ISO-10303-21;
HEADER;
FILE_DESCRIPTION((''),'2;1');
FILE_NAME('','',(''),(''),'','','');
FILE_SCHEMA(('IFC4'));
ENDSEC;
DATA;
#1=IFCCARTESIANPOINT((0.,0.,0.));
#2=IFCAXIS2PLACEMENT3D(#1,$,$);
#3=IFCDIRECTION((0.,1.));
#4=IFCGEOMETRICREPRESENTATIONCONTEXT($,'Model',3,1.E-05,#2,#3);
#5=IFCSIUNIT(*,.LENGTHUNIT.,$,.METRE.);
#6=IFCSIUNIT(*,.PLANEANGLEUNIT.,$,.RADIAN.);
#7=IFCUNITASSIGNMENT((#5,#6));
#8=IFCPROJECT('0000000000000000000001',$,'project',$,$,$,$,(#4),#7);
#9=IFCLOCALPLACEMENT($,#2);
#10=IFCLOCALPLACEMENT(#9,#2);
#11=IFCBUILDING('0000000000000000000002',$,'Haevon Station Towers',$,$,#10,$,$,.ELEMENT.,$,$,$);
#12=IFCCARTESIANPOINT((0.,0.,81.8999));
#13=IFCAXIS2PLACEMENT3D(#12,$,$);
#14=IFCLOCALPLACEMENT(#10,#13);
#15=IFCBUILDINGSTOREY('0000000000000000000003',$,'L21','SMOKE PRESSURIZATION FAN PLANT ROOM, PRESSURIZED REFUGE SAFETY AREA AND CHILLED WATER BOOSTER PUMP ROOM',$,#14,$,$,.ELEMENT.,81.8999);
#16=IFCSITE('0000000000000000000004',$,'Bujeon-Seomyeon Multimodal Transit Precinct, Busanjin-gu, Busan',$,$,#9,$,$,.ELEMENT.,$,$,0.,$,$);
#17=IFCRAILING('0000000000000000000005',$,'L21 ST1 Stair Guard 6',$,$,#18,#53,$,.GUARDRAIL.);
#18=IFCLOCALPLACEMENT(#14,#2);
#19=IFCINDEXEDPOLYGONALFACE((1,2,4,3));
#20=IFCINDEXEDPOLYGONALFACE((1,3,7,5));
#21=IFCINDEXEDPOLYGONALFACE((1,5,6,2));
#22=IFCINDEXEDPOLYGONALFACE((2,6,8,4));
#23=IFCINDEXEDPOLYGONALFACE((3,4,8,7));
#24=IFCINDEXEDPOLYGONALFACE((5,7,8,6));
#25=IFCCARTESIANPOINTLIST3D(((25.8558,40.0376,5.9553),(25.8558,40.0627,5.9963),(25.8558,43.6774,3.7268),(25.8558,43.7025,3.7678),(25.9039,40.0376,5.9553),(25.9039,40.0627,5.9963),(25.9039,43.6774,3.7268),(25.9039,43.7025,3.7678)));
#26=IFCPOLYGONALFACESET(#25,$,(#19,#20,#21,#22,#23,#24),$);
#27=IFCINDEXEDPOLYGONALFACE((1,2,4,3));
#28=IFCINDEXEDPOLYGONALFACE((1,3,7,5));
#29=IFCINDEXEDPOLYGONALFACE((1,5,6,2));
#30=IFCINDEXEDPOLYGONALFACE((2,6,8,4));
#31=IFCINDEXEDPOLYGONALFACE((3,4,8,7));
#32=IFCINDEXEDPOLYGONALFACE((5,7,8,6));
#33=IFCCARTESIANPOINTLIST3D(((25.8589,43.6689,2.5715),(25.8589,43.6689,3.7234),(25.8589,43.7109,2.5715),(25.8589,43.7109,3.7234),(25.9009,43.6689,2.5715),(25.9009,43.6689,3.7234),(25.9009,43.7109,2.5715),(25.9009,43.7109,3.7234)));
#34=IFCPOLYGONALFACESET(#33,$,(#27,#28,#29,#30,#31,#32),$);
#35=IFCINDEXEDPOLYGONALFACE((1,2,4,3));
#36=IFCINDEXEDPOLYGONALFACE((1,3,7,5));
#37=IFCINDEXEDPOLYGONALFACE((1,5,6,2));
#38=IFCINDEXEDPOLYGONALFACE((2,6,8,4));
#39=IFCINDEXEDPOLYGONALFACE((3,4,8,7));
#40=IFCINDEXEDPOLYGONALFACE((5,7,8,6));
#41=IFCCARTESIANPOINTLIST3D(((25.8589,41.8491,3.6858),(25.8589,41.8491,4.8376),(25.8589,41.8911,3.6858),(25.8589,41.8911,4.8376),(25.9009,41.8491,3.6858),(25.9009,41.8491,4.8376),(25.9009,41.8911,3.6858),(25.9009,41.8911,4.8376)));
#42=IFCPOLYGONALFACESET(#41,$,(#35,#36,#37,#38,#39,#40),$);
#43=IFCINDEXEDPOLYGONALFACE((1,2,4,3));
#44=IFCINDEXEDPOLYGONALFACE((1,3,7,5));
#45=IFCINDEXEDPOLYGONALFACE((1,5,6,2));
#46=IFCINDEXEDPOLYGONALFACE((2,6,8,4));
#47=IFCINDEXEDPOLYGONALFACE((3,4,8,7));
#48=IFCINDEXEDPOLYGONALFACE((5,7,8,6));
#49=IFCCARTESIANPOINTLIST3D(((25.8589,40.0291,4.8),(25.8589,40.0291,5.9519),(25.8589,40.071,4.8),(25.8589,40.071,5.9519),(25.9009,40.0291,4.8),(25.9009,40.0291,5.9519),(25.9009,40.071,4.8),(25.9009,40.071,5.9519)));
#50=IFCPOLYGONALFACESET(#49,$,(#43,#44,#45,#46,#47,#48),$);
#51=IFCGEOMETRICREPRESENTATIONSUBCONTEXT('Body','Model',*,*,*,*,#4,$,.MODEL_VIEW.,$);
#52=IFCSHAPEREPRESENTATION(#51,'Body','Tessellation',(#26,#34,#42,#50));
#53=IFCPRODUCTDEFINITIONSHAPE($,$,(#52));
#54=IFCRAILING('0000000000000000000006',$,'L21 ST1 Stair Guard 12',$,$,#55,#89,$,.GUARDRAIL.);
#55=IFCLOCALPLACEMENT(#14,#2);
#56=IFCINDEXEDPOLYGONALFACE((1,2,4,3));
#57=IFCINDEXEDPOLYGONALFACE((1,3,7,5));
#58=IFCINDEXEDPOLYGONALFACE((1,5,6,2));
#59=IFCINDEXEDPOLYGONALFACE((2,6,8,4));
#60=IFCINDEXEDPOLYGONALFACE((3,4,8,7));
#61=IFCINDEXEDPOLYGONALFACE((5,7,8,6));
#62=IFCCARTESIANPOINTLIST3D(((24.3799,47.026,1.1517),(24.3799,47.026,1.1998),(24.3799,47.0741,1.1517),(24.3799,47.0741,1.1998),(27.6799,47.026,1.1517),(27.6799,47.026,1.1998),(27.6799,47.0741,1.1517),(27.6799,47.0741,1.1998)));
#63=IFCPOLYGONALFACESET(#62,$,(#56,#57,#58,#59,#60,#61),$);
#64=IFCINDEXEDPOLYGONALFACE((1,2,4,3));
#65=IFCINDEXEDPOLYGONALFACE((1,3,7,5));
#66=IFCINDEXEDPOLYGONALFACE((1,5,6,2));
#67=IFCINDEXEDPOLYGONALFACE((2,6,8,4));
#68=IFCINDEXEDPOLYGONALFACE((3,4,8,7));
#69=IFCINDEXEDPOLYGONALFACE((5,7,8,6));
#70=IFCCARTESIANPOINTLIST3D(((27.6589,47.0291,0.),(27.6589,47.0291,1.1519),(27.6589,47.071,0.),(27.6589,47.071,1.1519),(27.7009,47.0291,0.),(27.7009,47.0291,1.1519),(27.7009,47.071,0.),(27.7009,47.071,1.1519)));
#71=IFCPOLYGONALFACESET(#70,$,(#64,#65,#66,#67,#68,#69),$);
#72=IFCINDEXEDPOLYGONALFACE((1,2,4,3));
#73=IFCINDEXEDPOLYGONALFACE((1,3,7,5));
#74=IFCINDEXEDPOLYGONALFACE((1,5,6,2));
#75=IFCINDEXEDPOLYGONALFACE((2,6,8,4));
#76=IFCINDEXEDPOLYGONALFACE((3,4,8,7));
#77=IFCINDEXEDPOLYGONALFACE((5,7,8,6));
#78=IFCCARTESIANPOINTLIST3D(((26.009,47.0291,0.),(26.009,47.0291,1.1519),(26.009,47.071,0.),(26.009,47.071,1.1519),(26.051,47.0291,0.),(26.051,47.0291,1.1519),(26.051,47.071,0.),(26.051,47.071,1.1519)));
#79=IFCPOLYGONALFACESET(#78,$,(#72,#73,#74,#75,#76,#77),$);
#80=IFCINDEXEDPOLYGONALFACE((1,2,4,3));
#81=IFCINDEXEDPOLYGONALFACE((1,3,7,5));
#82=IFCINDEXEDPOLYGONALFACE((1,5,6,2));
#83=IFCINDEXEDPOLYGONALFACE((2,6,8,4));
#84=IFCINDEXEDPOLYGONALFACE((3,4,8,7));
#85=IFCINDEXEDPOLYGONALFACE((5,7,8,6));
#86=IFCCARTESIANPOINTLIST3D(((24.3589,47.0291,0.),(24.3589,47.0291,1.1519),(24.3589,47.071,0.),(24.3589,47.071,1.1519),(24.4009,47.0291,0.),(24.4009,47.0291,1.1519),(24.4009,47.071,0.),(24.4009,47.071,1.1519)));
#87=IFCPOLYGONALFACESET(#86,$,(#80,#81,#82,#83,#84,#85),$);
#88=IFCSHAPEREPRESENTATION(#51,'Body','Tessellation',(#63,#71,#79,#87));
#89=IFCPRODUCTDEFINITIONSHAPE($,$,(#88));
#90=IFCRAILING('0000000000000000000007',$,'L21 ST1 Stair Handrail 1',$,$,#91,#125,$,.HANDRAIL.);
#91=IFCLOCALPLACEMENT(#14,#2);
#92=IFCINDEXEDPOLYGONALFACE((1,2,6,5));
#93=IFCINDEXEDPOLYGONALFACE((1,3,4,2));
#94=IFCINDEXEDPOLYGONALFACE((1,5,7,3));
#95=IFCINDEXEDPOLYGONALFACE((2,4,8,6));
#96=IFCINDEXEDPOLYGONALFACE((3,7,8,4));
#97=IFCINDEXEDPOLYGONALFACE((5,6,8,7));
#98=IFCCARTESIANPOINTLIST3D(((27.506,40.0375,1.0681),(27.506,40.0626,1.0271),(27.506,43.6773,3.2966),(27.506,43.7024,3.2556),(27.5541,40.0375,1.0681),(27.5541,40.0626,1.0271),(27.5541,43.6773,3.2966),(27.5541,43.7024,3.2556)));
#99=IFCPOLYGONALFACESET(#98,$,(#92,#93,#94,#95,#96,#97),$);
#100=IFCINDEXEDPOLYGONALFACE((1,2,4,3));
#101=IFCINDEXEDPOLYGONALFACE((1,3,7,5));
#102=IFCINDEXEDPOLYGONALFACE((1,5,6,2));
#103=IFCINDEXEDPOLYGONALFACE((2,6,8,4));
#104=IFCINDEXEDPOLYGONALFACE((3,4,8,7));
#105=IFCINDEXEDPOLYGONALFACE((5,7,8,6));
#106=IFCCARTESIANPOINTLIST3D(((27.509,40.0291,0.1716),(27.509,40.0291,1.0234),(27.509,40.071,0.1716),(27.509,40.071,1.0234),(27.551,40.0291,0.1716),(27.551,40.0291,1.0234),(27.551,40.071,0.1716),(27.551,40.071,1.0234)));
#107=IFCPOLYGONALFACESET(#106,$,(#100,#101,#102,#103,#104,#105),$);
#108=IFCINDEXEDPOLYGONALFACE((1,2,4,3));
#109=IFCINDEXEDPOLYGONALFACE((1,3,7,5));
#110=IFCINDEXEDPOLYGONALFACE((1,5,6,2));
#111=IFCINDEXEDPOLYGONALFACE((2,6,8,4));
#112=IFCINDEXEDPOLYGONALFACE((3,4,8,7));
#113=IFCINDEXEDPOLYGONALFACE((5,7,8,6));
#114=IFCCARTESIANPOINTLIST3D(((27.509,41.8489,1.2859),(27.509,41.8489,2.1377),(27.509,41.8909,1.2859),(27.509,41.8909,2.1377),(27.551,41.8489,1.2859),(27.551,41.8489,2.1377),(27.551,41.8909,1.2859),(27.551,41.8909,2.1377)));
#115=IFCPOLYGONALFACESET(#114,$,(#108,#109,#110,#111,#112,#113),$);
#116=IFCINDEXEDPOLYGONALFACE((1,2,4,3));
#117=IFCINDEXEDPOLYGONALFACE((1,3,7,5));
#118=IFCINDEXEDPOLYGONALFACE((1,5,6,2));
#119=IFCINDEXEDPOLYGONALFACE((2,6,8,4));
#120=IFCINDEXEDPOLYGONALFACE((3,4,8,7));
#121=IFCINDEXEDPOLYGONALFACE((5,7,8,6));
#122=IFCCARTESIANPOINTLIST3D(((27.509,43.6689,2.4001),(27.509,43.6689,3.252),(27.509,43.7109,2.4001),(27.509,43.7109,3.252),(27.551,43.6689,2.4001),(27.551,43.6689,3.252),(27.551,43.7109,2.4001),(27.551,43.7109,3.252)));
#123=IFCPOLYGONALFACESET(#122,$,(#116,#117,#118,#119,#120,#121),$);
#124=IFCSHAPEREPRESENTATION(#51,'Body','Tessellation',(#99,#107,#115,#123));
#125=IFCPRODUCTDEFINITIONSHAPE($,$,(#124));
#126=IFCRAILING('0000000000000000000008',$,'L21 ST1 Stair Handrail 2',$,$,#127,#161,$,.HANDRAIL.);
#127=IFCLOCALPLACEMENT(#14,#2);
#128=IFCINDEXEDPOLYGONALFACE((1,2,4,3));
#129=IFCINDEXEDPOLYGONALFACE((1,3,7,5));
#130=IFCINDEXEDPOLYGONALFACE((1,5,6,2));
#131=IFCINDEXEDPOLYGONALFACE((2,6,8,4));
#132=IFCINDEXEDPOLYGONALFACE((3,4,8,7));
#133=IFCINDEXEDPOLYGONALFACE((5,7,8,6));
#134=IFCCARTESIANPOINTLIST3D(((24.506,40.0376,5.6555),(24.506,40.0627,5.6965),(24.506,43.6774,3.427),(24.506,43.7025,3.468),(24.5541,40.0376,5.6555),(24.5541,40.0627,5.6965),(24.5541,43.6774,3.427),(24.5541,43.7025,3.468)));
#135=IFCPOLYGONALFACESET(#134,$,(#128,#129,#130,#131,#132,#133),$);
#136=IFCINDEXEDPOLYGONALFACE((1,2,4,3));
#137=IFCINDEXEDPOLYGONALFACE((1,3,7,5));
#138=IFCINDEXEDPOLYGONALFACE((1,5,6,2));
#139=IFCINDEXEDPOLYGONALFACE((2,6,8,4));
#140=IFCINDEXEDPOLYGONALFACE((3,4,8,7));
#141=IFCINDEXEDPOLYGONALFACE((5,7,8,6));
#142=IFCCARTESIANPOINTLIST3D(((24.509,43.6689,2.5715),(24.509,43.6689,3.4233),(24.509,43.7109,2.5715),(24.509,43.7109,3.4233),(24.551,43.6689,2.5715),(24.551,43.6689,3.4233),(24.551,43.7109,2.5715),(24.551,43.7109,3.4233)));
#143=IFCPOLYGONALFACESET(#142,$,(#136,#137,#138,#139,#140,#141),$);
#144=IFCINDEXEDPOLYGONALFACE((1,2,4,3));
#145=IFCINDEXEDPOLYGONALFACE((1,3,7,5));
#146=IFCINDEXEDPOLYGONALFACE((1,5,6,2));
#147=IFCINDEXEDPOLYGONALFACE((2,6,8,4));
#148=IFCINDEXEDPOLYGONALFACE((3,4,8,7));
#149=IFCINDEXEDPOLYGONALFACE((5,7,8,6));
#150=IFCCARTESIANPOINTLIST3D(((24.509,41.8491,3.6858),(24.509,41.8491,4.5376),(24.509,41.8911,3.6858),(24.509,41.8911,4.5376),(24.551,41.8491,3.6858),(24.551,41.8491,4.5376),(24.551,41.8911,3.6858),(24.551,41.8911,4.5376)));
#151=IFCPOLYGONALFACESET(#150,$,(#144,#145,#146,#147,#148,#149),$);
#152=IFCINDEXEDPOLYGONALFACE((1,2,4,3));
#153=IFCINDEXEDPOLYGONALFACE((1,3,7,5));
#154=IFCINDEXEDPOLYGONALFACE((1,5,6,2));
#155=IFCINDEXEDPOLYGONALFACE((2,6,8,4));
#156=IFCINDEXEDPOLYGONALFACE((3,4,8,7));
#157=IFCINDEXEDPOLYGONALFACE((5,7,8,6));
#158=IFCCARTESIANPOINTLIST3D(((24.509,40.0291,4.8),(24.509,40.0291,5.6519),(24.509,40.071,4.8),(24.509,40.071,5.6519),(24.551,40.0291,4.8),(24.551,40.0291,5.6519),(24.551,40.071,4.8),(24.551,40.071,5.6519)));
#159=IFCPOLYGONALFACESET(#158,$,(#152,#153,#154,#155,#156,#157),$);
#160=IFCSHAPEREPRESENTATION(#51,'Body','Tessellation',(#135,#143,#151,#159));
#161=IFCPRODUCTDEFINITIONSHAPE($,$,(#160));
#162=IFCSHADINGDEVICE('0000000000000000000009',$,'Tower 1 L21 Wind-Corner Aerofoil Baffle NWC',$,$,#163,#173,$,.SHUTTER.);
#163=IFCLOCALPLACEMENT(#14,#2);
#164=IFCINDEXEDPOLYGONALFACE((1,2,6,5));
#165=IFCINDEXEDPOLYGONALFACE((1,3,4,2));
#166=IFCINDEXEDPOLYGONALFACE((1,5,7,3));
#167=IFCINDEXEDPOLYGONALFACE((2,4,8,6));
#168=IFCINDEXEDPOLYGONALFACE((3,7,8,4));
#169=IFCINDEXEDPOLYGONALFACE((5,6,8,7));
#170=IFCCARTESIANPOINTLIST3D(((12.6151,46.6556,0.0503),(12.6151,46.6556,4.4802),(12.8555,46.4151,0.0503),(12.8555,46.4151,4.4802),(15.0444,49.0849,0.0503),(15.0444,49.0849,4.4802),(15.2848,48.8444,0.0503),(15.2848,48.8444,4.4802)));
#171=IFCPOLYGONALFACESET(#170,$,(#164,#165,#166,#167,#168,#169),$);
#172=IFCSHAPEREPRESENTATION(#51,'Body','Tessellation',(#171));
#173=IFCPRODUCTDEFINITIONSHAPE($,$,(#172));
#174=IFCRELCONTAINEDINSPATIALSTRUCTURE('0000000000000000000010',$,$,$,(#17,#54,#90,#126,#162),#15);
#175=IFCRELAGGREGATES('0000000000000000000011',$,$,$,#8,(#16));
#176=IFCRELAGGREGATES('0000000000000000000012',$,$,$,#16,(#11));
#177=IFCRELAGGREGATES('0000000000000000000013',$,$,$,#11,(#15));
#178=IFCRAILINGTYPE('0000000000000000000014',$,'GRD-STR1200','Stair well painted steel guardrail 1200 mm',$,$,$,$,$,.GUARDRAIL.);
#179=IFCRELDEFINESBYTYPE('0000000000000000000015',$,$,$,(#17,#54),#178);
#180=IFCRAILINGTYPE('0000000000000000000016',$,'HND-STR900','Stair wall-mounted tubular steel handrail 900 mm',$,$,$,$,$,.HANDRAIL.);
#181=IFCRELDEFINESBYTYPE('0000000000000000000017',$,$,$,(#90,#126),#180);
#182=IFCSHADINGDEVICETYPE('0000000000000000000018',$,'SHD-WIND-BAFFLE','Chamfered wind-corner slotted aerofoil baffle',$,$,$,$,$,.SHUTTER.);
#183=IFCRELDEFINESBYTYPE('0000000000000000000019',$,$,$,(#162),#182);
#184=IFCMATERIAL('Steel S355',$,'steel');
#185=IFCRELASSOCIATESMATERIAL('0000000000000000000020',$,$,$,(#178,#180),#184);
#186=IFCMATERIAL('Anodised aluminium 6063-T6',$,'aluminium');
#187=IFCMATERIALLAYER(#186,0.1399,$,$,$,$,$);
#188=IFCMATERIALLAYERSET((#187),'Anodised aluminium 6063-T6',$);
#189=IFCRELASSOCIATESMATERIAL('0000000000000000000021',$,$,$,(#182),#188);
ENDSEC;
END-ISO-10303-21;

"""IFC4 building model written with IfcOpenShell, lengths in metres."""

from ifc_helpers import new_model, si_unit, direction, frame, origin, origin_2d, place, context, subcontext, project, spatial, rectangle, extrude, material, layer, layer_set, type_object, element, save


model = new_model("IFC4")

# Units and contexts
model_context = context("Model", 3, precision=1e-05, world=origin(), true_north=direction((0.0, 1.0)))
body_context = subcontext(model_context, "Body", "Model", "MODEL_VIEW")
ifc_project = project(units=[si_unit("LENGTHUNIT", "METRE"), si_unit("PLANEANGLEUNIT", "RADIAN")], contexts=[model_context])

# Site, building, storey
site_placement = place(None, origin())
site = spatial("IfcSite", under=ifc_project, at=site_placement, Name="Bujeon-Seomyeon Multimodal Transit Precinct, Busanjin-gu, Busan", CompositionType="ELEMENT", RefElevation=0.0)
building_placement = place(site_placement, origin())
building = spatial("IfcBuilding", under=site, at=building_placement, Name="Haevon Station Towers", CompositionType="ELEMENT")
storey_placement = place(building_placement, frame((0.0, 0.0, 81.8999)))
storey = spatial("IfcBuildingStorey", under=building, at=storey_placement, Name="L21", Description="SMOKE PRESSURIZATION FAN PLANT ROOM, PRESSURIZED REFUGE SAFETY AREA AND CHILLED WATER BOOSTER PUMP ROOM", CompositionType="ELEMENT", Elevation=81.8999)

# Shared definitions
ifc_material_1 = material(Name="Steel S355", Category="steel")

# Railings
railing_type_1 = type_object("IfcRailingType", Name="GRD-STR1200", Description="Stair well painted steel guardrail 1200 mm", PredefinedType="GUARDRAIL", material=ifc_material_1)
railing_1_placement = place(storey_placement, frame((25.8799, 43.6899, 2.5715)))
element("IfcRailing", 1, at=railing_1_placement, inside=storey, type_object=railing_type_1, Name="L21 ST1 Stair Guard 6", PredefinedType="GUARDRAIL", context=body_context, shape_type="SweptSolid", body=[
    extrude(rectangle(XDim=0.0481, YDim=0.0481, at=origin_2d()), frame((0.0, 0.0, 1.1758), z_axis=(0.0, -0.85285, 0.522156), x_axis=(1.0, 0.0, 0.0)), (0.0, 0.0, 1.0), 4.2678),
    extrude(rectangle(XDim=0.042, YDim=0.042, at=origin_2d()), origin(), (0.0, 0.0, 1.0), 1.1519),
    extrude(rectangle(XDim=0.042, YDim=0.042, at=origin_2d()), frame((0.0, -1.8198, 1.1143)), (0.0, 0.0, 1.0), 1.1519),
    extrude(rectangle(XDim=0.042, YDim=0.042, at=origin_2d()), frame((0.0, -3.6399, 2.2285)), (0.0, 0.0, 1.0), 1.1519),
])
railing_2_placement = place(storey_placement, frame((27.6799, 47.05, 0.0)))
element("IfcRailing", 2, at=railing_2_placement, inside=storey, type_object=railing_type_1, Name="L21 ST1 Stair Guard 12", PredefinedType="GUARDRAIL", context=body_context, shape_type="SweptSolid", body=[
    extrude(rectangle(XDim=0.0481, YDim=0.0481, at=origin_2d()), frame((0.0, 0.0, 1.1758), z_axis=(-1.0, 0.0, 0.0), x_axis=(0.0, -1.0, 0.0)), (0.0, 0.0, 1.0), 3.3),
    extrude(rectangle(XDim=0.042, YDim=0.042, at=origin_2d()), origin(), (0.0, 0.0, 1.0), 1.1519),
    extrude(rectangle(XDim=0.042, YDim=0.042, at=origin_2d()), frame((-1.6499, 0.0, 0.0)), (0.0, 0.0, 1.0), 1.1519),
    extrude(rectangle(XDim=0.042, YDim=0.042, at=origin_2d()), frame((-3.3, 0.0, 0.0)), (0.0, 0.0, 1.0), 1.1519),
])
railing_type_2 = type_object("IfcRailingType", Name="HND-STR900", Description="Stair wall-mounted tubular steel handrail 900 mm", PredefinedType="HANDRAIL", material=ifc_material_1)
railing_3_placement = place(storey_placement, frame((27.53, 40.05, 0.1716)))
element("IfcRailing", 3, at=railing_3_placement, inside=storey, type_object=railing_type_2, Name="L21 ST1 Stair Handrail 1", PredefinedType="HANDRAIL", context=body_context, shape_type="SweptSolid", body=[
    extrude(rectangle(XDim=0.0481, YDim=0.0481, at=origin_2d()), frame((0.0, 0.0, 0.876), z_axis=(0.0, 0.85285, 0.522156), x_axis=(-1.0, 0.0, 0.0)), (0.0, 0.0, 1.0), 4.2678),
    extrude(rectangle(XDim=0.042, YDim=0.042, at=origin_2d()), origin(), (0.0, 0.0, 1.0), 0.8518),
    extrude(rectangle(XDim=0.042, YDim=0.042, at=origin_2d()), frame((0.0, 1.8198, 1.1143)), (0.0, 0.0, 1.0), 0.8518),
    extrude(rectangle(XDim=0.042, YDim=0.042, at=origin_2d()), frame((0.0, 3.6399, 2.2285)), (0.0, 0.0, 1.0), 0.8518),
])
railing_4_placement = place(storey_placement, frame((24.53, 43.6899, 2.5715)))
element("IfcRailing", 4, at=railing_4_placement, inside=storey, type_object=railing_type_2, Name="L21 ST1 Stair Handrail 2", PredefinedType="HANDRAIL", context=body_context, shape_type="SweptSolid", body=[
    extrude(rectangle(XDim=0.0481, YDim=0.0481, at=origin_2d()), frame((0.0, 0.0, 0.876), z_axis=(0.0, -0.85285, 0.522156), x_axis=(1.0, 0.0, 0.0)), (0.0, 0.0, 1.0), 4.2678),
    extrude(rectangle(XDim=0.042, YDim=0.042, at=origin_2d()), origin(), (0.0, 0.0, 1.0), 0.8518),
    extrude(rectangle(XDim=0.042, YDim=0.042, at=origin_2d()), frame((0.0, -1.8198, 1.1143)), (0.0, 0.0, 1.0), 0.8518),
    extrude(rectangle(XDim=0.042, YDim=0.042, at=origin_2d()), frame((0.0, -3.6399, 2.2285)), (0.0, 0.0, 1.0), 0.8518),
])

# Shading device
ifc_material_2 = material(Name="Anodised aluminium 6063-T6", Category="aluminium")
ifc_layer_1 = layer(ifc_material_2, 0.1399)
ifc_layer_set_1 = layer_set([ifc_layer_1], Name="Anodised aluminium 6063-T6")
shading_device_type = type_object("IfcShadingDeviceType", Name="SHD-WIND-BAFFLE", Description="Chamfered wind-corner slotted aerofoil baffle", PredefinedType="SHUTTER", material=ifc_layer_set_1)
shading_device_placement = place(storey_placement, frame((13.95, 47.75, 0.0503), z_axis=(0.0, 0.0, 1.0), x_axis=(0.707107, 0.707107, 0.0)))
element("IfcShadingDevice", 5, at=shading_device_placement, inside=storey, type_object=shading_device_type, Name="Tower 1 L21 Wind-Corner Aerofoil Baffle NWC", PredefinedType="SHUTTER", context=body_context, shape_type="SweptSolid", body=[
    extrude(rectangle(XDim=3.4355, YDim=0.3401, at=origin_2d()), origin(), (0.0, 0.0, 1.0), 4.4299),
])

save(model, "model.ifc")
